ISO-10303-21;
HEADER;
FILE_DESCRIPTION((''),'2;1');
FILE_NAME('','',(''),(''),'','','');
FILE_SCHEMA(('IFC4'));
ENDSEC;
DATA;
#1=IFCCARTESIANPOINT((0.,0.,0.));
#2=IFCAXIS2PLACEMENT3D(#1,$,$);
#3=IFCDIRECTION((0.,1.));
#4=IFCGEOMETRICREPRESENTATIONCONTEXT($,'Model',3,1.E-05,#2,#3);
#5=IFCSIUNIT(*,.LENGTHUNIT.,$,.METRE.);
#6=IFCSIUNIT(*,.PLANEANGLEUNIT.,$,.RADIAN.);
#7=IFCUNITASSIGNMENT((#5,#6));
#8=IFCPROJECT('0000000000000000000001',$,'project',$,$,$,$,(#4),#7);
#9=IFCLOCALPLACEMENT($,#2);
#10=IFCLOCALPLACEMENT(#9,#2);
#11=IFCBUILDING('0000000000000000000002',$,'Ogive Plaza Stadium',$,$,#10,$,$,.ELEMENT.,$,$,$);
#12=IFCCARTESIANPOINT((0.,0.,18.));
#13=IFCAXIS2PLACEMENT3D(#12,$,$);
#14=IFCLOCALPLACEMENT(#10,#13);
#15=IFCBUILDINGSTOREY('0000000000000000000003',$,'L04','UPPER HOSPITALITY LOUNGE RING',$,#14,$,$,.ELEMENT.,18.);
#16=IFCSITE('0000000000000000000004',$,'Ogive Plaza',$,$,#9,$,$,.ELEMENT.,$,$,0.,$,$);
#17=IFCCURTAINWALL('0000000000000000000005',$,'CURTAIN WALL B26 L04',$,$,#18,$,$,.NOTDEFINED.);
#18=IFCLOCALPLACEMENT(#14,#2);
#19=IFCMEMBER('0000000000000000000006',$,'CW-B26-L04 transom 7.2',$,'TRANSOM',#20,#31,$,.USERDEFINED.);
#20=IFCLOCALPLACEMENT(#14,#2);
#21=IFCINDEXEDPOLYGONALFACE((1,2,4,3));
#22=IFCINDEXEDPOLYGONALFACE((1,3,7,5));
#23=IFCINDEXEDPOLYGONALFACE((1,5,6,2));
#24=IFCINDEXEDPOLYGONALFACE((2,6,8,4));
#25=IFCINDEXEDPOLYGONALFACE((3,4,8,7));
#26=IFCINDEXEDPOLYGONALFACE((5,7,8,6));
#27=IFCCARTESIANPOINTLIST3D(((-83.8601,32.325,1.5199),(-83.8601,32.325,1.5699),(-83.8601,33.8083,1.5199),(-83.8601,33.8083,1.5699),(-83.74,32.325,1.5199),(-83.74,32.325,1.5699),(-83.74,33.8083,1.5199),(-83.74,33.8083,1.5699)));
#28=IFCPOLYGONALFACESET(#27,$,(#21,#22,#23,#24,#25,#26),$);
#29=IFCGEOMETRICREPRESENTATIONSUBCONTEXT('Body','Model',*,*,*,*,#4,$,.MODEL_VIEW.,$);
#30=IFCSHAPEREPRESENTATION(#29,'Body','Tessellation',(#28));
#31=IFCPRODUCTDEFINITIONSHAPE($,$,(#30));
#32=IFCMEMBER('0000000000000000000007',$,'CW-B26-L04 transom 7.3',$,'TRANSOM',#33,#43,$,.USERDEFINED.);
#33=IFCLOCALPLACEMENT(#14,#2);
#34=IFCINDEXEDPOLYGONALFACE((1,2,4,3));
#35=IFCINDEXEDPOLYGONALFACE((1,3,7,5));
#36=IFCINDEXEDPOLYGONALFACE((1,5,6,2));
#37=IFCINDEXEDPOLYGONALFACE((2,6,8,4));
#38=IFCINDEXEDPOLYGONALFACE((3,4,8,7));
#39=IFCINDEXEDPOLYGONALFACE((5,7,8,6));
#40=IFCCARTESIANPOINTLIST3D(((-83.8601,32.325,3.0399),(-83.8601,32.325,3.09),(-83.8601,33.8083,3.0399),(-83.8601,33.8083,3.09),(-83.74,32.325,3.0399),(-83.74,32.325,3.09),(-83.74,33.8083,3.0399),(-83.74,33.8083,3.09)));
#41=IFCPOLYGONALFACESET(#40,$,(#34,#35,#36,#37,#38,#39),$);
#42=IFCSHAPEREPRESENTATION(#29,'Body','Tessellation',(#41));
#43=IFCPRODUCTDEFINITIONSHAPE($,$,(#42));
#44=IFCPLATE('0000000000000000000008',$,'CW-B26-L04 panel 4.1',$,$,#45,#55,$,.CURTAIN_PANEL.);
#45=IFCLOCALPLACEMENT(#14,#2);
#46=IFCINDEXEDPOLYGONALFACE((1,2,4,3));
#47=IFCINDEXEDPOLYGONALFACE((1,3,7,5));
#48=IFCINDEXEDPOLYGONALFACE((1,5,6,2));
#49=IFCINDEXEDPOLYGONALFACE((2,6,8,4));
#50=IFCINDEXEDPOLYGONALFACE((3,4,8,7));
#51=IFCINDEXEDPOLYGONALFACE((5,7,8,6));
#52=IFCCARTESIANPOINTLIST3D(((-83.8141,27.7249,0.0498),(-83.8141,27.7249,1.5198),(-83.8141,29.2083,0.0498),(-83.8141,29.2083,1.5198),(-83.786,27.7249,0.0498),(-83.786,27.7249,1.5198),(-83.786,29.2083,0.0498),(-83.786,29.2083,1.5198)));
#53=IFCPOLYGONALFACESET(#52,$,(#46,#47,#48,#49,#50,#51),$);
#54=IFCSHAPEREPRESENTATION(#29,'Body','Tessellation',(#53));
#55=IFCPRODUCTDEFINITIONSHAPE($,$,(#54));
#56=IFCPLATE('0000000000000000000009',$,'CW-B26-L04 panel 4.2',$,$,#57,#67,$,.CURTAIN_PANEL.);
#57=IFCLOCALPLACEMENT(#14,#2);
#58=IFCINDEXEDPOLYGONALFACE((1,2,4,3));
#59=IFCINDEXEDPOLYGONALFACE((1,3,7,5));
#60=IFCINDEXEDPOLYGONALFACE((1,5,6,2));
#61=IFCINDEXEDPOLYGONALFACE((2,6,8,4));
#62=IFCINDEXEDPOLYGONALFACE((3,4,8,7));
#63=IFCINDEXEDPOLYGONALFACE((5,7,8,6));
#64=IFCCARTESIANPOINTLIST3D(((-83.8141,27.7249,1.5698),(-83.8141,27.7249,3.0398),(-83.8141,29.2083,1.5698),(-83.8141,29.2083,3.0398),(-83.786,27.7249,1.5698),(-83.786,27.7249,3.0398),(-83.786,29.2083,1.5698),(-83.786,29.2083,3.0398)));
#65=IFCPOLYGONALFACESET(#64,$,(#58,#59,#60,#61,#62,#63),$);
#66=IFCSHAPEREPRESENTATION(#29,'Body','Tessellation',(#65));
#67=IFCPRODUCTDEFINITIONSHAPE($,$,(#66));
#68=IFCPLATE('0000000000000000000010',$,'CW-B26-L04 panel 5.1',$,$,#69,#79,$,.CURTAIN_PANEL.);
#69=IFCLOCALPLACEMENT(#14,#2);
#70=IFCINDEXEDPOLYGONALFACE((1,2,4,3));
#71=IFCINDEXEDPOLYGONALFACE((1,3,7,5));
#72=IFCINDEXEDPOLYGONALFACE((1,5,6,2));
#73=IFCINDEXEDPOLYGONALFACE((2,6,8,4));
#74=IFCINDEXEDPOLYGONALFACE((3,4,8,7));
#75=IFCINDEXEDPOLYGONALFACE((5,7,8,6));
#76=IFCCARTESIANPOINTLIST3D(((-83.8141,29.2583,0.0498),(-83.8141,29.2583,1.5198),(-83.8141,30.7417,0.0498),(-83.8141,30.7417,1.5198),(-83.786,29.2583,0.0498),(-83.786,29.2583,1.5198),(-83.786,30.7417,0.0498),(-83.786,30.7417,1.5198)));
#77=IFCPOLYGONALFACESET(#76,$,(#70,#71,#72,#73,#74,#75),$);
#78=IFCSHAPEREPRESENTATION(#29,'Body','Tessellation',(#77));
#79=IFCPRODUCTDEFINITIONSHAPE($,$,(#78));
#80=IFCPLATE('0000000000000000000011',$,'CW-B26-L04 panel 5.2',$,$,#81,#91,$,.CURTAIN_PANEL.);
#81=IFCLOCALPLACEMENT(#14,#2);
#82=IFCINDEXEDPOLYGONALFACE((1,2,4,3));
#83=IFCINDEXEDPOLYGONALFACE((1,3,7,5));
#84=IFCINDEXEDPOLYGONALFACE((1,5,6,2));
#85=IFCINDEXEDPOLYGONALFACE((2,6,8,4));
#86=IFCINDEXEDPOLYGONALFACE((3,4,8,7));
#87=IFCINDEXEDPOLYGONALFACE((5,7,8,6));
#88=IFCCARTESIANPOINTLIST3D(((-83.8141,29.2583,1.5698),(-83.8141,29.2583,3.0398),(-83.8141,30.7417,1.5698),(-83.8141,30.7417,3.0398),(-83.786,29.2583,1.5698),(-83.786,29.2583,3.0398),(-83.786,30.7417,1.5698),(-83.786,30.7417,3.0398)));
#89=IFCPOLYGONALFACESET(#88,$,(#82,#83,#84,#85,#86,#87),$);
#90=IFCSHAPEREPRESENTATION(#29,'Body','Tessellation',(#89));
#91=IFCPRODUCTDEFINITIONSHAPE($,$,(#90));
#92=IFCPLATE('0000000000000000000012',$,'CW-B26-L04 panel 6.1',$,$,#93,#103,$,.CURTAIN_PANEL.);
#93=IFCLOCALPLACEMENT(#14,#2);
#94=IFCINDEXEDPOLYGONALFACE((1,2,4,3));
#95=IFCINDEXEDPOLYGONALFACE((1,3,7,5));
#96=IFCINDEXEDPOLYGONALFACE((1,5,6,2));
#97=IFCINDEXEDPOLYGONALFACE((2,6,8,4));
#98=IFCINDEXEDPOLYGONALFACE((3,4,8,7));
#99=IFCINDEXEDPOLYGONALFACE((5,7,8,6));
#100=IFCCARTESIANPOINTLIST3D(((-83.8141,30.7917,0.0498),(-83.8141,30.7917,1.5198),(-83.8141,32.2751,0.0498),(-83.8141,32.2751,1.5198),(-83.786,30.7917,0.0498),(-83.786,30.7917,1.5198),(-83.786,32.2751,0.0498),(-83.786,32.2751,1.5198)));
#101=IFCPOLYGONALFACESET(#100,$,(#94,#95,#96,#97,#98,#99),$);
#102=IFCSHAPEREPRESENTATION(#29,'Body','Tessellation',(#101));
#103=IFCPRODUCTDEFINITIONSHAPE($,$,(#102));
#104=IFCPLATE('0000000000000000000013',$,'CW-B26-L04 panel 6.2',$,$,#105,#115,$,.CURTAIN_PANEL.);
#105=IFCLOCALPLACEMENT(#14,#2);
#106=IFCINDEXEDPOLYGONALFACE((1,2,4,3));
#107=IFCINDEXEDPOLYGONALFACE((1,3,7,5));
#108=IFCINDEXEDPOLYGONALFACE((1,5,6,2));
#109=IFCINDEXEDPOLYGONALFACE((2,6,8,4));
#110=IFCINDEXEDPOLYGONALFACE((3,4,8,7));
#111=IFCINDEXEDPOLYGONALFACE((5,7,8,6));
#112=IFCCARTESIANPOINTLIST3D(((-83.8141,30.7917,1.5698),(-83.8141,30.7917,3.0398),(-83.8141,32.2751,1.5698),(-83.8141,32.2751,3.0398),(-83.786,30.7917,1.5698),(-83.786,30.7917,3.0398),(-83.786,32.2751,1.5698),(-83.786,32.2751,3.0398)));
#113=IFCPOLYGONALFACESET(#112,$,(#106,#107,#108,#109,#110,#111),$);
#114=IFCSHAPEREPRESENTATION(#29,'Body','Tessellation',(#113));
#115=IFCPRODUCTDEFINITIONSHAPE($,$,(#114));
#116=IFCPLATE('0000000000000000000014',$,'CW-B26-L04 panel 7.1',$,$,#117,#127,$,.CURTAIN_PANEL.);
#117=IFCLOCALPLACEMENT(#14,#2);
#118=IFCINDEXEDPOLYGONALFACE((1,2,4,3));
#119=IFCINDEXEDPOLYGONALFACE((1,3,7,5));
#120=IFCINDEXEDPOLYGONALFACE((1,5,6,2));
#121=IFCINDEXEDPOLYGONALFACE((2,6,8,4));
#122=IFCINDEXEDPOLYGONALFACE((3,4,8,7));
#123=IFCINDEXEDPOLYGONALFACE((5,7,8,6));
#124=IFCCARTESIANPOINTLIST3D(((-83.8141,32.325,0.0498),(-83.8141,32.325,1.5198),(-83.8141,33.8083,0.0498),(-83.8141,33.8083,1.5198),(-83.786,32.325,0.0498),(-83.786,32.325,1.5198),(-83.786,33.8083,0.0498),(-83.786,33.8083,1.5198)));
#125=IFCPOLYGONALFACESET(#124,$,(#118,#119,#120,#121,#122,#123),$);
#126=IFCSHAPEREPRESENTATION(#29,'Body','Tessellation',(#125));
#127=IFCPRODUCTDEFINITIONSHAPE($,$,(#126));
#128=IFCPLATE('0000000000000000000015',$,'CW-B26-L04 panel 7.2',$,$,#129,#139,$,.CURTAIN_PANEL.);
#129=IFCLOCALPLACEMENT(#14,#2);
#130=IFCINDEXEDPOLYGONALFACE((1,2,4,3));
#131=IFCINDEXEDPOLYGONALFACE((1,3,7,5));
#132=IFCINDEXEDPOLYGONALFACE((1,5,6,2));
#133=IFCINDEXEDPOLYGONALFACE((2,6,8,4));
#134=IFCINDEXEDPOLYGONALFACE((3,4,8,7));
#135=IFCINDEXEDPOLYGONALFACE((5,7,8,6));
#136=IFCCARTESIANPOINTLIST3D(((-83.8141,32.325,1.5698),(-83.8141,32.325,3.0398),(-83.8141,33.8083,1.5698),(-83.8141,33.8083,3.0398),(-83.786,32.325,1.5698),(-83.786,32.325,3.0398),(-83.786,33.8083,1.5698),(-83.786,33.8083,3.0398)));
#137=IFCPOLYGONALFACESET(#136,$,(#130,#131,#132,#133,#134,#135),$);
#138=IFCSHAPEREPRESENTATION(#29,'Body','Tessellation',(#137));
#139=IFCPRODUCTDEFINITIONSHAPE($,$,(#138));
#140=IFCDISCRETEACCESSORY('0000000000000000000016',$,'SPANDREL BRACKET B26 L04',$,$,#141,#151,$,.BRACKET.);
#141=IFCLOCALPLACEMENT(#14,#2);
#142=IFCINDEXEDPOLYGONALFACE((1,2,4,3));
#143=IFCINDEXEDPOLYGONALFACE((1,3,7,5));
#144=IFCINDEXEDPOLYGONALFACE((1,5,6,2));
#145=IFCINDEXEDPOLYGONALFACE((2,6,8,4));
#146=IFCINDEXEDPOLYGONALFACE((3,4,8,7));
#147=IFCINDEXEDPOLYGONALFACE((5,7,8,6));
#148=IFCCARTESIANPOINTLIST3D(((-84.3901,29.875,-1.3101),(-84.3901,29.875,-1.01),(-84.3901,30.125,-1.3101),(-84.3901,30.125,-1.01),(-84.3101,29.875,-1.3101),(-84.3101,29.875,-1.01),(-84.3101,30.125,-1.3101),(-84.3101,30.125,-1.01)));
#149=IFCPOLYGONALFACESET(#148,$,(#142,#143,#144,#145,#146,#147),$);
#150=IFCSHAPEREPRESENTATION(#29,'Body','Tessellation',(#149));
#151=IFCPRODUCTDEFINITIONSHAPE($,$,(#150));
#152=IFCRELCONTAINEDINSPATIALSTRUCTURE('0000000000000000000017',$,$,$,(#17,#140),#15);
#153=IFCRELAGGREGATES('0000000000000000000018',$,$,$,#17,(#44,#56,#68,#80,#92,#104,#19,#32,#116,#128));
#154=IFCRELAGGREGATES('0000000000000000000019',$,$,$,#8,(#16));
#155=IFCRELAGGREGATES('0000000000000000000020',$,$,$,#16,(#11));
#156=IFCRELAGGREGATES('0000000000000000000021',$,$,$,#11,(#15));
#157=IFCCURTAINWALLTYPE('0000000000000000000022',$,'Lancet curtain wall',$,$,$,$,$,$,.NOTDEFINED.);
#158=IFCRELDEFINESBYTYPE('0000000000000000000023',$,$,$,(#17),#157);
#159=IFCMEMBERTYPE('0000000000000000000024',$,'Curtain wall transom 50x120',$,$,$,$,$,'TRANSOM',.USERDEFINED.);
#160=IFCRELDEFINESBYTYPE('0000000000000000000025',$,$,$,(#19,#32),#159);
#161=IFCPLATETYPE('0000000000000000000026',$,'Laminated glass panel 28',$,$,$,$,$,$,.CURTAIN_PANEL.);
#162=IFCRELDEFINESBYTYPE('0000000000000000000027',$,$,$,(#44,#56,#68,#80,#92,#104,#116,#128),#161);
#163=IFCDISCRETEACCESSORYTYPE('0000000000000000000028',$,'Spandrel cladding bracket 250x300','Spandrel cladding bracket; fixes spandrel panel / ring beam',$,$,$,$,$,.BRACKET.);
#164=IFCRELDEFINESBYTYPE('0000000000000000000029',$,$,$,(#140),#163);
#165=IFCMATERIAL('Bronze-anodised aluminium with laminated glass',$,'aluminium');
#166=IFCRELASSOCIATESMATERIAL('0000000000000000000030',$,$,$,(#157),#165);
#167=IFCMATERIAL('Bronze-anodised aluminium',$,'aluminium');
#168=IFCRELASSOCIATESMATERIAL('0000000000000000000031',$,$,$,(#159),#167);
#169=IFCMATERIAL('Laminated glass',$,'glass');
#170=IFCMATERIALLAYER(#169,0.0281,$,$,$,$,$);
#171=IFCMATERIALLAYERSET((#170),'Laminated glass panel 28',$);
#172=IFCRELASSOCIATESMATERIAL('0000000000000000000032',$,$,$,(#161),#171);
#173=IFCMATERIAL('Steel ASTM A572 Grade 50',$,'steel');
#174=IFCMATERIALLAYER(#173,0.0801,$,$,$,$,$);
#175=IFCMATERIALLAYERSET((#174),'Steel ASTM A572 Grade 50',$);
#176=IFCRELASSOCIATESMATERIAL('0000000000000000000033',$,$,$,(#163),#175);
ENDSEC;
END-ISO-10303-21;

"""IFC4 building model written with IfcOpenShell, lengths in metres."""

from ifc_helpers import new_model, si_unit, direction, frame, origin, origin_2d, place, context, subcontext, project, spatial, rectangle, extrude, material, layer, layer_set, material_profile, profile_set, type_object, element, aggregate, save


model = new_model("IFC4")

# Units and contexts
model_context = context("Model", 3, precision=1e-05, world=origin(), true_north=direction((0.0, 1.0)))
body_context = subcontext(model_context, "Body", "Model", "MODEL_VIEW")
ifc_project = project(units=[si_unit("LENGTHUNIT", "METRE"), si_unit("PLANEANGLEUNIT", "RADIAN")], contexts=[model_context])

# Site, building, storey
site_placement = place(None, origin())
site = spatial("IfcSite", under=ifc_project, at=site_placement, Name="Ogive Plaza", CompositionType="ELEMENT", RefElevation=0.0)
building_placement = place(site_placement, origin())
building = spatial("IfcBuilding", under=site, at=building_placement, Name="Ogive Plaza Stadium", CompositionType="ELEMENT")
storey_placement = place(building_placement, frame((0.0, 0.0, 18.0)))
storey = spatial("IfcBuildingStorey", under=building, at=storey_placement, Name="L04", Description="UPPER HOSPITALITY LOUNGE RING", CompositionType="ELEMENT", Elevation=18.0)

# Curtain wall, members, plates
ifc_material_1 = material(Name="Bronze-anodised aluminium with laminated glass", Category="aluminium")
curtain_wall_type = type_object("IfcCurtainWallType", Name="Lancet curtain wall", PredefinedType="NOTDEFINED", material=ifc_material_1)
curtain_wall_placement = place(storey_placement, origin())
curtain_wall = element("IfcCurtainWall", 1, at=curtain_wall_placement, inside=storey, type_object=curtain_wall_type, Name="CURTAIN WALL B26 L04", PredefinedType="NOTDEFINED")
ifc_material_2 = material(Name="Bronze-anodised aluminium", Category="aluminium")
ifc_material_profile_1 = material_profile(ifc_material_2, rectangle(XDim=0.1201, YDim=0.05, at=origin_2d()), Name="AL 120x50")
ifc_profile_set_1 = profile_set([ifc_material_profile_1], Name="Bronze-anodised aluminium")
member_type_1 = type_object("IfcMemberType", Name="Curtain wall transom 50x120", ElementType="TRANSOM", PredefinedType="USERDEFINED", material=ifc_profile_set_1)
member_1_placement = place(storey_placement, frame((-83.8, 32.325, 1.5449), z_axis=(0.0, 1.0, 0.0), x_axis=(-1.0, 0.0, 0.0)))
member_1 = element("IfcMember", 2, at=member_1_placement, type_object=member_type_1, Name="CW-B26-L04 transom 7.2", ObjectType="TRANSOM", PredefinedType="USERDEFINED", context=body_context, shape_type="SweptSolid", body=[
    extrude(rectangle(XDim=0.1201, YDim=0.05, at=origin_2d()), origin(), (0.0, 0.0, 1.0), 1.4834),
])
member_2_placement = place(storey_placement, frame((-83.8, 32.325, 3.0649), z_axis=(0.0, 1.0, 0.0), x_axis=(-1.0, 0.0, 0.0)))
member_2 = element("IfcMember", 3, at=member_2_placement, type_object=member_type_1, Name="CW-B26-L04 transom 7.3", ObjectType="TRANSOM", PredefinedType="USERDEFINED", context=body_context, shape_type="SweptSolid", body=[
    extrude(rectangle(XDim=0.1201, YDim=0.05, at=origin_2d()), origin(), (0.0, 0.0, 1.0), 1.4834),
])
ifc_material_3 = material(Name="Laminated glass", Category="glass")
ifc_layer_1 = layer(ifc_material_3, 0.0281)
ifc_layer_set_1 = layer_set([ifc_layer_1], Name="Laminated glass panel 28")
plate_type = type_object("IfcPlateType", Name="Laminated glass panel 28", PredefinedType="CURTAIN_PANEL", material=ifc_layer_set_1)
plate_1_placement = place(storey_placement, frame((-83.8, 28.4666, 0.0498), z_axis=(0.0, 0.0, 1.0), x_axis=(0.0, 1.0, 0.0)))
plate_1 = element("IfcPlate", 4, at=plate_1_placement, type_object=plate_type, Name="CW-B26-L04 panel 4.1", PredefinedType="CURTAIN_PANEL", context=body_context, shape_type="SweptSolid", body=[
    extrude(rectangle(XDim=1.4834, YDim=0.0281, at=origin_2d()), origin(), (0.0, 0.0, 1.0), 1.47),
])
plate_2_placement = place(storey_placement, frame((-83.8, 28.4666, 1.5698), z_axis=(0.0, 0.0, 1.0), x_axis=(0.0, 1.0, 0.0)))
plate_2 = element("IfcPlate", 5, at=plate_2_placement, type_object=plate_type, Name="CW-B26-L04 panel 4.2", PredefinedType="CURTAIN_PANEL", context=body_context, shape_type="SweptSolid", body=[
    extrude(rectangle(XDim=1.4834, YDim=0.0281, at=origin_2d()), origin(), (0.0, 0.0, 1.0), 1.47),
])
plate_3_placement = place(storey_placement, frame((-83.8, 30.0, 0.0498), z_axis=(0.0, 0.0, 1.0), x_axis=(0.0, 1.0, 0.0)))
plate_3 = element("IfcPlate", 6, at=plate_3_placement, type_object=plate_type, Name="CW-B26-L04 panel 5.1", PredefinedType="CURTAIN_PANEL", context=body_context, shape_type="SweptSolid", body=[
    extrude(rectangle(XDim=1.4834, YDim=0.0281, at=origin_2d()), origin(), (0.0, 0.0, 1.0), 1.47),
])
plate_4_placement = place(storey_placement, frame((-83.8, 30.0, 1.5698), z_axis=(0.0, 0.0, 1.0), x_axis=(0.0, 1.0, 0.0)))
plate_4 = element("IfcPlate", 7, at=plate_4_placement, type_object=plate_type, Name="CW-B26-L04 panel 5.2", PredefinedType="CURTAIN_PANEL", context=body_context, shape_type="SweptSolid", body=[
    extrude(rectangle(XDim=1.4834, YDim=0.0281, at=origin_2d()), origin(), (0.0, 0.0, 1.0), 1.47),
])
plate_5_placement = place(storey_placement, frame((-83.8, 31.5334, 0.0498), z_axis=(0.0, 0.0, 1.0), x_axis=(0.0, 1.0, 0.0)))
plate_5 = element("IfcPlate", 8, at=plate_5_placement, type_object=plate_type, Name="CW-B26-L04 panel 6.1", PredefinedType="CURTAIN_PANEL", context=body_context, shape_type="SweptSolid", body=[
    extrude(rectangle(XDim=1.4834, YDim=0.0281, at=origin_2d()), origin(), (0.0, 0.0, 1.0), 1.47),
])
plate_6_placement = place(storey_placement, frame((-83.8, 31.5334, 1.5698), z_axis=(0.0, 0.0, 1.0), x_axis=(0.0, 1.0, 0.0)))
plate_6 = element("IfcPlate", 9, at=plate_6_placement, type_object=plate_type, Name="CW-B26-L04 panel 6.2", PredefinedType="CURTAIN_PANEL", context=body_context, shape_type="SweptSolid", body=[
    extrude(rectangle(XDim=1.4834, YDim=0.0281, at=origin_2d()), origin(), (0.0, 0.0, 1.0), 1.47),
])
plate_7_placement = place(storey_placement, frame((-83.8, 33.0667, 0.0498), z_axis=(0.0, 0.0, 1.0), x_axis=(0.0, 1.0, 0.0)))
plate_7 = element("IfcPlate", 10, at=plate_7_placement, type_object=plate_type, Name="CW-B26-L04 panel 7.1", PredefinedType="CURTAIN_PANEL", context=body_context, shape_type="SweptSolid", body=[
    extrude(rectangle(XDim=1.4834, YDim=0.0281, at=origin_2d()), origin(), (0.0, 0.0, 1.0), 1.47),
])
plate_8_placement = place(storey_placement, frame((-83.8, 33.0667, 1.5698), z_axis=(0.0, 0.0, 1.0), x_axis=(0.0, 1.0, 0.0)))
plate_8 = element("IfcPlate", 11, at=plate_8_placement, type_object=plate_type, Name="CW-B26-L04 panel 7.2", PredefinedType="CURTAIN_PANEL", context=body_context, shape_type="SweptSolid", body=[
    extrude(rectangle(XDim=1.4834, YDim=0.0281, at=origin_2d()), origin(), (0.0, 0.0, 1.0), 1.47),
])
aggregate(curtain_wall, [plate_1, plate_2, plate_3, plate_4, plate_5, plate_6, member_1, member_2, plate_7, plate_8])

# Discrete accessory
ifc_material_4 = material(Name="Steel ASTM A572 Grade 50", Category="steel")
ifc_layer_2 = layer(ifc_material_4, 0.0801)
ifc_layer_set_2 = layer_set([ifc_layer_2], Name="Steel ASTM A572 Grade 50")
discrete_accessory_type = type_object("IfcDiscreteAccessoryType", Name="Spandrel cladding bracket 250x300", Description="Spandrel cladding bracket; fixes spandrel panel / ring beam", PredefinedType="BRACKET", material=ifc_layer_set_2)
discrete_accessory_placement = place(storey_placement, frame((-84.3501, 30.0, -1.3101), z_axis=(0.0, 0.0, 1.0), x_axis=(0.0, 1.0, 0.0)))
element("IfcDiscreteAccessory", 12, at=discrete_accessory_placement, inside=storey, type_object=discrete_accessory_type, Name="SPANDREL BRACKET B26 L04", PredefinedType="BRACKET", context=body_context, shape_type="SweptSolid", body=[
    extrude(rectangle(XDim=0.25, YDim=0.0801, at=origin_2d()), origin(), (0.0, 0.0, 1.0), 0.3),
])

save(model, "model.ifc")
